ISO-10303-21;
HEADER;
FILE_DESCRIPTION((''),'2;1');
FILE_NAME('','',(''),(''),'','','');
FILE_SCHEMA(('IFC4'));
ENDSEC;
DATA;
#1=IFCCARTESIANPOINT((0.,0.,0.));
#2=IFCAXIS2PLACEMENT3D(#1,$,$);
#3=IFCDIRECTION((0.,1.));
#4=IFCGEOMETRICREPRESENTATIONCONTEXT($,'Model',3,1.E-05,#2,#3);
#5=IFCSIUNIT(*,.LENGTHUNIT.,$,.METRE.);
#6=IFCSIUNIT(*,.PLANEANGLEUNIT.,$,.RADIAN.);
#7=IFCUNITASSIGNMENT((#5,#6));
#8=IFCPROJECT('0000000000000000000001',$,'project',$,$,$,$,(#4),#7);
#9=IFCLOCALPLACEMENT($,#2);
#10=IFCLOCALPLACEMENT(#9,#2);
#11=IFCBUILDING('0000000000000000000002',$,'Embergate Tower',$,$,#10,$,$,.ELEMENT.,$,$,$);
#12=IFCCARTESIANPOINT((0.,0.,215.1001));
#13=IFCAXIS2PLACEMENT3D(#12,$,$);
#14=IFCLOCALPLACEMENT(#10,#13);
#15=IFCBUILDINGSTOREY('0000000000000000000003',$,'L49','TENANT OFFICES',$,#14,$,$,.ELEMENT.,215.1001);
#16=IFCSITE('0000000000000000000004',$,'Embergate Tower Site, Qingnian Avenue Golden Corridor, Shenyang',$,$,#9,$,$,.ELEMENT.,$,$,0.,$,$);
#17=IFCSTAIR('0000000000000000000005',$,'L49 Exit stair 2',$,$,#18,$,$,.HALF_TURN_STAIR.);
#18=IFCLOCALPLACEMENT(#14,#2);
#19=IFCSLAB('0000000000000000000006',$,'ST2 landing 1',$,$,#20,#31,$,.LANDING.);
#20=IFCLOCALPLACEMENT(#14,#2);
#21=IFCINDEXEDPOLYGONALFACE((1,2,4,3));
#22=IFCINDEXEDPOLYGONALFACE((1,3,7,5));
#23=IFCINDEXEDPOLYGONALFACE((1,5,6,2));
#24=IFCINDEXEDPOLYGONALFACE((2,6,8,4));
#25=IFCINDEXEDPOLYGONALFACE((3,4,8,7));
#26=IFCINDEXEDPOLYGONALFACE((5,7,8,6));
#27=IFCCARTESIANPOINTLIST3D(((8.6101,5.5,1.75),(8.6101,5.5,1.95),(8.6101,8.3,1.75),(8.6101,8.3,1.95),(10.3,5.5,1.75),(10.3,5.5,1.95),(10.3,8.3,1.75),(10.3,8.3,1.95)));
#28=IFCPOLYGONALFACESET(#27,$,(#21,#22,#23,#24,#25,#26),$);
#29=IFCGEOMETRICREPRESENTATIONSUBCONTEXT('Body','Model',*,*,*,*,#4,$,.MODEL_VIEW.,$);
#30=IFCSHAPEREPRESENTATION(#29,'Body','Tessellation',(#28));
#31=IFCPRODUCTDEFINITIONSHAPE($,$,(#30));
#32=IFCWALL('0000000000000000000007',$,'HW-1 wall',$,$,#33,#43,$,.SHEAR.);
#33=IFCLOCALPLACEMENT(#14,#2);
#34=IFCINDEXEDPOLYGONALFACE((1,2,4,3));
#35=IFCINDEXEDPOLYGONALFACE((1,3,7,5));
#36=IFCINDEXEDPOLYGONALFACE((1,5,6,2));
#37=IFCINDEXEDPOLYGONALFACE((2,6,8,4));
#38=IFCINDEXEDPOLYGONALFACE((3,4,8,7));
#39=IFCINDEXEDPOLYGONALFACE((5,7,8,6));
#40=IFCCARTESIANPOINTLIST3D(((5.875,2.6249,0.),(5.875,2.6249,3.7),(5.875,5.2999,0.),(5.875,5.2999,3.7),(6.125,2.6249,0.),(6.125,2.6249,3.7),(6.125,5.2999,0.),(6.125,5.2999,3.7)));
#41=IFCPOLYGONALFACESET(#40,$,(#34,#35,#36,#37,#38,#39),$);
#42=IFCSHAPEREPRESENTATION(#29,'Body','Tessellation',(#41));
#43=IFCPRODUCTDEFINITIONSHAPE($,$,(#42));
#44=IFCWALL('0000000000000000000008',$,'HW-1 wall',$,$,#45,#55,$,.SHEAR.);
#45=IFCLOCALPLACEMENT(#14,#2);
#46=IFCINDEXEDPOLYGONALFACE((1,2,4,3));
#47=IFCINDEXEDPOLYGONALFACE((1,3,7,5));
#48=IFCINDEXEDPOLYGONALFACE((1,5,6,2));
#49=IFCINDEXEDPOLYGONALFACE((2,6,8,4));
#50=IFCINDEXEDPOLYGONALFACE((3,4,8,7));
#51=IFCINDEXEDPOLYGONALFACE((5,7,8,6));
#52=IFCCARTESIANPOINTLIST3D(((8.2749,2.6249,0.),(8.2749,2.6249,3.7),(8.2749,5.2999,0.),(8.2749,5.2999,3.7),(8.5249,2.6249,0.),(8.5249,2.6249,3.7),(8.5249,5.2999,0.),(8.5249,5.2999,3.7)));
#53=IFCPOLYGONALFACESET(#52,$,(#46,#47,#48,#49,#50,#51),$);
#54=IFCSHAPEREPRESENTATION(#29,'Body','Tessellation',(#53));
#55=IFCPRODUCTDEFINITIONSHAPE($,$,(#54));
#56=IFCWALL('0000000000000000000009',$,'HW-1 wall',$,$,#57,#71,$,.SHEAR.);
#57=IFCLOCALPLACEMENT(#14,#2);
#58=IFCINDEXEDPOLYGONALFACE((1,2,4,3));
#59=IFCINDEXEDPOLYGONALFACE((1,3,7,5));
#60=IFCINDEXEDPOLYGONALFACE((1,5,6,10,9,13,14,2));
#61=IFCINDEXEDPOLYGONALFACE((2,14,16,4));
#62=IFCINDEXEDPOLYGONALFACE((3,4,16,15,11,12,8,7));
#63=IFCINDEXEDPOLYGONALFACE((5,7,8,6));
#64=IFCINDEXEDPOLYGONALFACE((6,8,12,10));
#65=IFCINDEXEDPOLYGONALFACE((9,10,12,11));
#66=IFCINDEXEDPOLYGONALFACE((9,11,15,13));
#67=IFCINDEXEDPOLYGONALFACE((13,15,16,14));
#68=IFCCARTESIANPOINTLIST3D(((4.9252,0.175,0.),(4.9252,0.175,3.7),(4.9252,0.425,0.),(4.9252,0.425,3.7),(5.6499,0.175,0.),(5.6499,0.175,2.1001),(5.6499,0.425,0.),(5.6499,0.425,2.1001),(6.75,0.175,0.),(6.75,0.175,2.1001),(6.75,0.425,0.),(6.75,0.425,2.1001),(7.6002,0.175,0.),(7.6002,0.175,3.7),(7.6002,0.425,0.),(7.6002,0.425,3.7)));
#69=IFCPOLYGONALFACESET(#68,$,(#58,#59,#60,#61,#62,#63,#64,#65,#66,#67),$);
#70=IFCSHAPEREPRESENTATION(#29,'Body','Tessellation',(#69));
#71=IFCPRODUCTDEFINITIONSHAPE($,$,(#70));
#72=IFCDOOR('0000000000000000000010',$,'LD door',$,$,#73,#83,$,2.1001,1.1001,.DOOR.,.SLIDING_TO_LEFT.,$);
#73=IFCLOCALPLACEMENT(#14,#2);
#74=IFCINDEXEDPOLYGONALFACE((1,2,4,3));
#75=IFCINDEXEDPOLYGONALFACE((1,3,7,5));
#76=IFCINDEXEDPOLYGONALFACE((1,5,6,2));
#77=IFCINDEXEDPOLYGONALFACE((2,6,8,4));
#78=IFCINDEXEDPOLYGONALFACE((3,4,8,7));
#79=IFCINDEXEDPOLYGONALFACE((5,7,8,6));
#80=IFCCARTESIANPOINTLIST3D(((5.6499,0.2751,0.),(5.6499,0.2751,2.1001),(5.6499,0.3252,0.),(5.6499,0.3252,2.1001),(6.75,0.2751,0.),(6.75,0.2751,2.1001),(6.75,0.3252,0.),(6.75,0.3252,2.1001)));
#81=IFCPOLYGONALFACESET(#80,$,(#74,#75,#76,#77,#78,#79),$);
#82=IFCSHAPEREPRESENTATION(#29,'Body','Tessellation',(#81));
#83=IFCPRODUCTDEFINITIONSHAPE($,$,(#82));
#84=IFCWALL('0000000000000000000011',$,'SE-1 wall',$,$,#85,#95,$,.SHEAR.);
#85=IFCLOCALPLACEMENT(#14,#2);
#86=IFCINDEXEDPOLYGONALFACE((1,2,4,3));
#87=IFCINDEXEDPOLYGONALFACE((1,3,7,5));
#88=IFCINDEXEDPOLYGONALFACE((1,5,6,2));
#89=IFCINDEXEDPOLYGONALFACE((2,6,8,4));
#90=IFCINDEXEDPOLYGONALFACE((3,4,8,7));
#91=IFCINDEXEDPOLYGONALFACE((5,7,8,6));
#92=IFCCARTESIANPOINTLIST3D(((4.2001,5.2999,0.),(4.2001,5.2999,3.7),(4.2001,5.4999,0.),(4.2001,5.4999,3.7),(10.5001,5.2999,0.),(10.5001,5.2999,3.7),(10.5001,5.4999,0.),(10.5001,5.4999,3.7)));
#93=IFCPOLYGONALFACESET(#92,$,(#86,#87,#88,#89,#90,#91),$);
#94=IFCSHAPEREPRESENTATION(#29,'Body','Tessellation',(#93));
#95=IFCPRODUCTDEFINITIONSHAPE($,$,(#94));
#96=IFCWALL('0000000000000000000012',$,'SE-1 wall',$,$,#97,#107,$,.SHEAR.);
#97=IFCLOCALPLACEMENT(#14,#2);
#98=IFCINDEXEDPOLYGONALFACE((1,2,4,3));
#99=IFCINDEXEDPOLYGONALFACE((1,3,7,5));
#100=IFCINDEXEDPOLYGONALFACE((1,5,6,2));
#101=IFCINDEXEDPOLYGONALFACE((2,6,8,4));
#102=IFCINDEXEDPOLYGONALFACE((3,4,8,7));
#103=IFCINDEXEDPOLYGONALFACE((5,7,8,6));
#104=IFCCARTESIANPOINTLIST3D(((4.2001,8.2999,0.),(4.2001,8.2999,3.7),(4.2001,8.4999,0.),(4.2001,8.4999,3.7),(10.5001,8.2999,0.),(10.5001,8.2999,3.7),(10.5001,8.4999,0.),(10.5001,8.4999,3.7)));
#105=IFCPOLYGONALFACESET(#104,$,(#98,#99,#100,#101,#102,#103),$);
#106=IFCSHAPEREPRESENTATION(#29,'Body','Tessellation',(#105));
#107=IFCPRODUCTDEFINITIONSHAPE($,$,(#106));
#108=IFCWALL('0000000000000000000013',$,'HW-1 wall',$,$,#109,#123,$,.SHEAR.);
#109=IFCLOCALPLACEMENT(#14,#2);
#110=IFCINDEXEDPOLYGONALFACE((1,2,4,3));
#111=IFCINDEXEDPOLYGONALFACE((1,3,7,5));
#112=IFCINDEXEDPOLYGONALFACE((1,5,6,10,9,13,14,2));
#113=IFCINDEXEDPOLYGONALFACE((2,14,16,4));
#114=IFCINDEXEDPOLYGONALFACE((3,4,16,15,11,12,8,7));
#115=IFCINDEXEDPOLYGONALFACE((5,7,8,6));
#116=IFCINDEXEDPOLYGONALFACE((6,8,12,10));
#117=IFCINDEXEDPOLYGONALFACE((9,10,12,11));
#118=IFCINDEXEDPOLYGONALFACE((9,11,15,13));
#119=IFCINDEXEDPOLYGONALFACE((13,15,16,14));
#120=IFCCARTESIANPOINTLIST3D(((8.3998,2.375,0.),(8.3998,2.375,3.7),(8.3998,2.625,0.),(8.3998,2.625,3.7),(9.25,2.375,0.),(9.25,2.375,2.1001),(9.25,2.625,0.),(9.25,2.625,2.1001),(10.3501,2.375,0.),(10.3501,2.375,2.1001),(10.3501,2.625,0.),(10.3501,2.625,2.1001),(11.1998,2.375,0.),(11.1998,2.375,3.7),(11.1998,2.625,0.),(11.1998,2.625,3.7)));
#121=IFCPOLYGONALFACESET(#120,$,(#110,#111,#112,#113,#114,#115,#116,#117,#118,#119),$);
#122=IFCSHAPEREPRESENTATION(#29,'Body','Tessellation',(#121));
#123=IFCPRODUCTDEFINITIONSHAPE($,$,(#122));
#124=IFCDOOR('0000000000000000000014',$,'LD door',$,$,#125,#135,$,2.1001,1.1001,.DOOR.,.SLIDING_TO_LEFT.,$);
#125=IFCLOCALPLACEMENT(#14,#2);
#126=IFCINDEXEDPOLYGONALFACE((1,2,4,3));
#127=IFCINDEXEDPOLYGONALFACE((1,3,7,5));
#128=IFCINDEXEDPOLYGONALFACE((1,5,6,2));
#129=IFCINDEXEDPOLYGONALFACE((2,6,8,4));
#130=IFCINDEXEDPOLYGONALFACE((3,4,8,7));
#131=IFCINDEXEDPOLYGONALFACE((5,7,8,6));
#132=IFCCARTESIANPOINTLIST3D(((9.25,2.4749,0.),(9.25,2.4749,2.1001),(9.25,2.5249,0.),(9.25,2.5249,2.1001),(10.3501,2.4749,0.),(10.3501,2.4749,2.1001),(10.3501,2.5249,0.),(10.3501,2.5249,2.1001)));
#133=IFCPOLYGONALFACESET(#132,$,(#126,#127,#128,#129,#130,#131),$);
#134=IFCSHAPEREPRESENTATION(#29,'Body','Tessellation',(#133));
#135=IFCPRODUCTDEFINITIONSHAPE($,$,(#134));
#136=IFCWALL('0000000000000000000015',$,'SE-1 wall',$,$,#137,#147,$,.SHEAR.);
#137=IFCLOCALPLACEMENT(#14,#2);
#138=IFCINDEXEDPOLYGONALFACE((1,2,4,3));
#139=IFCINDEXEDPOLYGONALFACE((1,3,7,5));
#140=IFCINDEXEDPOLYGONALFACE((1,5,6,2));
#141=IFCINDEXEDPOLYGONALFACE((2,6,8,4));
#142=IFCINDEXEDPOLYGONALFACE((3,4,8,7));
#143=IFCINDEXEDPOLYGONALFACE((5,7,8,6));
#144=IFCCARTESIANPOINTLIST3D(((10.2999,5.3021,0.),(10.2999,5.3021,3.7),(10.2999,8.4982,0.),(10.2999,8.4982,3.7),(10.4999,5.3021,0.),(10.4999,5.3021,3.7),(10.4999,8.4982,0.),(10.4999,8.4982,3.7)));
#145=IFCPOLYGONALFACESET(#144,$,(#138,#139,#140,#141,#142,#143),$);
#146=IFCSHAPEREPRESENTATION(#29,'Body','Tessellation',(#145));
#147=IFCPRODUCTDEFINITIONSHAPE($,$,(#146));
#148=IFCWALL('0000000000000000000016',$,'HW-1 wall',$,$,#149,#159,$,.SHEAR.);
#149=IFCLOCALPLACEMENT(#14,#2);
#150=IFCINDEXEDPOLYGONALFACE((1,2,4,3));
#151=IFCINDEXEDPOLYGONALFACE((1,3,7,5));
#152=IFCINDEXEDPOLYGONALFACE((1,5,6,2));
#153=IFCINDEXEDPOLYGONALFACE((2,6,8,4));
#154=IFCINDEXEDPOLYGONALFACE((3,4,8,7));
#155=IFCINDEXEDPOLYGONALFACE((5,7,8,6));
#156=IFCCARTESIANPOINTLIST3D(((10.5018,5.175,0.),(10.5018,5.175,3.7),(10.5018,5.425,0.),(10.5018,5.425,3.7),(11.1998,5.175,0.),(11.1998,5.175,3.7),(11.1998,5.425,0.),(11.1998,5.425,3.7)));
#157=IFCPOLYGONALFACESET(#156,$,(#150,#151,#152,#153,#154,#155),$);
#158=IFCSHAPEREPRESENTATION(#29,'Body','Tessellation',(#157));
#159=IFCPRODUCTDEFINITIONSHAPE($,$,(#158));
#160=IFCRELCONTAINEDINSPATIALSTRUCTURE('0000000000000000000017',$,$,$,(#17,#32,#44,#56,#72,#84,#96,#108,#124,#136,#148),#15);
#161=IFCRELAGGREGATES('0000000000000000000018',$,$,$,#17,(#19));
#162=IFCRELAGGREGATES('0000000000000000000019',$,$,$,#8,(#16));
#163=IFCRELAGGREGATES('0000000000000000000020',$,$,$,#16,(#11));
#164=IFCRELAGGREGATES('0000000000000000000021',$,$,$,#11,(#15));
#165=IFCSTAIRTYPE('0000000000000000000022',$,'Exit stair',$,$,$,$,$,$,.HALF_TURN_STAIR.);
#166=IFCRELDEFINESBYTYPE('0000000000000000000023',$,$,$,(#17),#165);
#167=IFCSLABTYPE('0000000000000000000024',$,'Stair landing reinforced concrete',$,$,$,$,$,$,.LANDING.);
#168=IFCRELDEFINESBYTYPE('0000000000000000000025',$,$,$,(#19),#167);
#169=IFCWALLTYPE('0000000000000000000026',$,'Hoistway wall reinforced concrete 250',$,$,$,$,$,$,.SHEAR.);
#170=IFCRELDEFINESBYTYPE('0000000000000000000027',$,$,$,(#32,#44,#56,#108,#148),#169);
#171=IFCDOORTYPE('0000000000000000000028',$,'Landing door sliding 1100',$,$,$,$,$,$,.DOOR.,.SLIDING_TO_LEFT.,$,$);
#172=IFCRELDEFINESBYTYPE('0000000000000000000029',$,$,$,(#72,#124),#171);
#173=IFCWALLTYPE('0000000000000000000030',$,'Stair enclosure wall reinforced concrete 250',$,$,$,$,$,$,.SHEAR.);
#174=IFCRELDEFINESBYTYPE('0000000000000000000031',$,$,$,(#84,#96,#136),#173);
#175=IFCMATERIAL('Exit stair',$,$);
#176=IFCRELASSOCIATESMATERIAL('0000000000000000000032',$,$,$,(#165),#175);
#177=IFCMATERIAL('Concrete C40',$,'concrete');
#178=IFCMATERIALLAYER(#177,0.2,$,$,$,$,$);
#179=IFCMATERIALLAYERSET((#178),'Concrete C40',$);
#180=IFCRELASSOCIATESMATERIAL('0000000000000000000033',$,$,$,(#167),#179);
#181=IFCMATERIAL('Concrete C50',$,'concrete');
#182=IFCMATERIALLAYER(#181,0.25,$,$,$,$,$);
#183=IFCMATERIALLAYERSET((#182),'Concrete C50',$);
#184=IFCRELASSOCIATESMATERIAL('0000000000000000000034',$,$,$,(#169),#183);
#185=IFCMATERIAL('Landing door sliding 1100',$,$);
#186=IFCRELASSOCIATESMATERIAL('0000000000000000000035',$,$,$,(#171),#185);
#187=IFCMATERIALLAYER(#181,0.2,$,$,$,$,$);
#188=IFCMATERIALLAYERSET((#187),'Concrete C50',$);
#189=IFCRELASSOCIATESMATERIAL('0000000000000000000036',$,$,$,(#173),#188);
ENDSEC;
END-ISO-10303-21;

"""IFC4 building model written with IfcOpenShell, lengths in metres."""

from ifc_helpers import new_model, si_unit, direction, frame, frame_2d, origin, place, context, subcontext, project, spatial, polyline, rectangle, outline, extrude, source, transform, mapped, material, layer, layer_set, type_object, element, fill, aggregate, save


model = new_model("IFC4")

# Units and contexts
model_context = context("Model", 3, precision=1e-05, world=origin(), true_north=direction((0.0, 1.0)))
body_context = subcontext(model_context, "Body", "Model", "MODEL_VIEW")
ifc_project = project(units=[si_unit("LENGTHUNIT", "METRE"), si_unit("PLANEANGLEUNIT", "RADIAN")], contexts=[model_context])

# Site, building, storey
site_placement = place(None, origin())
site = spatial("IfcSite", under=ifc_project, at=site_placement, Name="Embergate Tower Site, Qingnian Avenue Golden Corridor, Shenyang", CompositionType="ELEMENT", RefElevation=0.0)
building_placement = place(site_placement, origin())
building = spatial("IfcBuilding", under=site, at=building_placement, Name="Embergate Tower", CompositionType="ELEMENT")
storey_placement = place(building_placement, frame((0.0, 0.0, 215.1001)))
storey = spatial("IfcBuildingStorey", under=building, at=storey_placement, Name="L49", Description="TENANT OFFICES", CompositionType="ELEMENT", Elevation=215.1001)

# Stair, slab
ifc_material_1 = material(Name="Exit stair")
stair_type = type_object("IfcStairType", Name="Exit stair", PredefinedType="HALF_TURN_STAIR", material=ifc_material_1)
stair_placement = place(storey_placement, origin())
stair = element("IfcStair", 1, at=stair_placement, inside=storey, type_object=stair_type, Name="L49 Exit stair 2", PredefinedType="HALF_TURN_STAIR")
ifc_material_2 = material(Name="Concrete C40", Category="concrete")
ifc_layer_1 = layer(ifc_material_2, 0.2)
ifc_layer_set_1 = layer_set([ifc_layer_1], Name="Concrete C40")
slab_type = type_object("IfcSlabType", Name="Stair landing reinforced concrete", PredefinedType="LANDING", material=ifc_layer_set_1)
shared_shape_1 = source(origin(), body_context, "Body", "SweptSolid", [
    extrude(outline(polyline([(0.0, 0.0), (1.6899, 0.0), (1.6899, 2.8), (0.0, 2.8), (0.0, 0.0)])), origin(), (0.0, 0.0, 1.0), 0.2),
])
slab_placement = place(storey_placement, frame((8.6101, 5.5, 1.75)))
slab = element("IfcSlab", 2, at=slab_placement, type_object=slab_type, Name="ST2 landing 1", PredefinedType="LANDING", context=body_context, shape_type="MappedRepresentation", body=[
    mapped(shared_shape_1, transform((0.0, 0.0, 0.0))),
])

# Walls
ifc_material_3 = material(Name="Concrete C50", Category="concrete")
ifc_layer_2 = layer(ifc_material_3, 0.25)
ifc_layer_set_2 = layer_set([ifc_layer_2], Name="Concrete C50")
wall_type_1 = type_object("IfcWallType", Name="Hoistway wall reinforced concrete 250", PredefinedType="SHEAR", material=ifc_layer_set_2)
shared_shape_2 = source(origin(), body_context, "Body", "SweptSolid", [
    extrude(rectangle(XDim=2.675, YDim=0.25, at=frame_2d((1.3374, 0.0))), origin(), (0.0, 0.0, 1.0), 3.7),
])
for number, where, z_axis, x_axis, name in (
    (3, (6.0, 2.625, 0.0), (0.0, 0.0, 1.0), (0.0, 1.0, 0.0), "HW-1 wall"),
    (4, (8.3999, 2.625, 0.0), (0.0, 0.0, 1.0), (0.0, 1.0, 0.0), "HW-1 wall"),
):
    element("IfcWall", number, at=place(storey_placement, frame(where, z_axis=z_axis, x_axis=x_axis)), inside=storey, type_object=wall_type_1, Name=name, PredefinedType="SHEAR", context=body_context, shape_type="MappedRepresentation", body=[
        mapped(shared_shape_2, transform((0.0, 0.0, 0.0))),
    ])

# Wall, opening, door
wall_1_placement = place(storey_placement, frame((7.6001, 0.3, 0.0), z_axis=(0.0, 0.0, 1.0), x_axis=(-1.0, 0.0, 0.0)))
wall_1 = element("IfcWall", 5, at=wall_1_placement, inside=storey, type_object=wall_type_1, Name="HW-1 wall", PredefinedType="SHEAR", context=body_context, shape_type="MappedRepresentation", body=[
    mapped(shared_shape_2, transform((0.0, 0.0, 0.0))),
])
shared_shape_3 = source(origin(), body_context, "Body", "SweptSolid", [
    extrude(rectangle(XDim=1.1001, YDim=2.1001, at=frame_2d((0.55, 1.05))), frame((0.0, 0.135, 0.0), z_axis=(0.0, -1.0, 0.0), x_axis=(1.0, 0.0, 0.0)), (0.0, 0.0, 1.0), 0.27),
])
opening_1_placement = place(wall_1_placement, frame((0.8501, 0.0, 0.0)))
opening_1 = element("IfcOpeningElement", 6, at=opening_1_placement, cuts=wall_1, PredefinedType="OPENING", context=body_context, shape_type="MappedRepresentation", body=[
    mapped(shared_shape_3, transform((0.0, 0.0, 0.0))),
])
ifc_material_4 = material(Name="Landing door sliding 1100")
door_type_1 = type_object("IfcDoorType", Name="Landing door sliding 1100", OperationType="SLIDING_TO_LEFT", PredefinedType="DOOR", material=ifc_material_4)
shared_shape_4 = source(origin(), body_context, "Body", "SweptSolid", [
    extrude(rectangle(XDim=1.1001, YDim=2.1001, at=frame_2d((0.55, 1.05))), frame((0.0, 0.0249, 0.0), z_axis=(0.0, -1.0, 0.0), x_axis=(1.0, 0.0, 0.0)), (0.0, 0.0, 1.0), 0.05),
])
door_1_placement = place(opening_1_placement, origin())
door_1 = element("IfcDoor", 7, at=door_1_placement, inside=storey, type_object=door_type_1, Name="LD door", OperationType="SLIDING_TO_LEFT", OverallHeight=2.1001, OverallWidth=1.1001, PredefinedType="DOOR", context=body_context, shape_type="MappedRepresentation", body=[
    mapped(shared_shape_4, transform((0.0, 0.0, 0.0))),
])
fill(opening_1, door_1)

# Walls
ifc_layer_3 = layer(ifc_material_3, 0.2)
ifc_layer_set_3 = layer_set([ifc_layer_3], Name="Concrete C50")
wall_type_2 = type_object("IfcWallType", Name="Stair enclosure wall reinforced concrete 250", PredefinedType="SHEAR", material=ifc_layer_set_3)
shared_shape_5 = source(origin(), body_context, "Body", "SweptSolid", [
    extrude(rectangle(XDim=6.3, YDim=0.2, at=frame_2d((3.1499, 0.0))), origin(), (0.0, 0.0, 1.0), 3.7),
])
for number, where, z_axis, x_axis, name in (
    (8, (10.5, 5.3999, 0.0), (0.0, 0.0, 1.0), (-1.0, 0.0, 0.0), "SE-1 wall"),
    (9, (10.5, 8.3999, 0.0), (0.0, 0.0, 1.0), (-1.0, 0.0, 0.0), "SE-1 wall"),
):
    element("IfcWall", number, at=place(storey_placement, frame(where, z_axis=z_axis, x_axis=x_axis)), inside=storey, type_object=wall_type_2, Name=name, PredefinedType="SHEAR", context=body_context, shape_type="MappedRepresentation", body=[
        mapped(shared_shape_5, transform((0.0, 0.0, 0.0))),
    ])

# Wall, opening, door
shared_shape_6 = source(origin(), body_context, "Body", "SweptSolid", [
    extrude(rectangle(XDim=2.8, YDim=0.25, at=frame_2d((1.3999, 0.0))), origin(), (0.0, 0.0, 1.0), 3.7),
])
wall_2_placement = place(storey_placement, frame((8.3999, 2.5, 0.0), z_axis=(0.0, 0.0, 1.0), x_axis=(1.0, 0.0, 0.0)))
wall_2 = element("IfcWall", 10, at=wall_2_placement, inside=storey, type_object=wall_type_1, Name="HW-1 wall", PredefinedType="SHEAR", context=body_context, shape_type="MappedRepresentation", body=[
    mapped(shared_shape_6, transform((0.0, 0.0, 0.0))),
])
opening_2_placement = place(wall_2_placement, frame((0.8501, 0.0, 0.0)))
opening_2 = element("IfcOpeningElement", 11, at=opening_2_placement, cuts=wall_2, PredefinedType="OPENING", context=body_context, shape_type="MappedRepresentation", body=[
    mapped(shared_shape_3, transform((0.0, 0.0, 0.0))),
])
door_2_placement = place(opening_2_placement, origin())
door_2 = element("IfcDoor", 12, at=door_2_placement, inside=storey, type_object=door_type_1, Name="LD door", OperationType="SLIDING_TO_LEFT", OverallHeight=2.1001, OverallWidth=1.1001, PredefinedType="DOOR", context=body_context, shape_type="MappedRepresentation", body=[
    mapped(shared_shape_4, transform((0.0, 0.0, 0.0))),
])
fill(opening_2, door_2)

# Walls
shared_shape_7 = source(origin(), body_context, "Body", "SweptSolid", [
    extrude(rectangle(XDim=3.196, YDim=0.2, at=frame_2d((1.5981, 0.0))), origin(), (0.0, 0.0, 1.0), 3.7),
])
wall_3_placement = place(storey_placement, frame((10.3999, 5.302, 0.0), z_axis=(0.0, 0.0, 1.0), x_axis=(0.0, 1.0, 0.0)))
element("IfcWall", 13, at=wall_3_placement, inside=storey, type_object=wall_type_2, Name="SE-1 wall", PredefinedType="SHEAR", context=body_context, shape_type="MappedRepresentation", body=[
    mapped(shared_shape_7, transform((0.0, 0.0, 0.0))),
])
shared_shape_8 = source(origin(), body_context, "Body", "SweptSolid", [
    extrude(rectangle(XDim=0.698, YDim=0.25, at=frame_2d((0.3491, 0.0))), origin(), (0.0, 0.0, 1.0), 3.7),
])
wall_4_placement = place(storey_placement, frame((11.2, 5.3, 0.0), z_axis=(0.0, 0.0, 1.0), x_axis=(-1.0, 0.0, 0.0)))
element("IfcWall", 14, at=wall_4_placement, inside=storey, type_object=wall_type_1, Name="HW-1 wall", PredefinedType="SHEAR", context=body_context, shape_type="MappedRepresentation", body=[
    mapped(shared_shape_8, transform((0.0, 0.0, 0.0))),
])

aggregate(stair, [slab])

save(model, "model.ifc")
